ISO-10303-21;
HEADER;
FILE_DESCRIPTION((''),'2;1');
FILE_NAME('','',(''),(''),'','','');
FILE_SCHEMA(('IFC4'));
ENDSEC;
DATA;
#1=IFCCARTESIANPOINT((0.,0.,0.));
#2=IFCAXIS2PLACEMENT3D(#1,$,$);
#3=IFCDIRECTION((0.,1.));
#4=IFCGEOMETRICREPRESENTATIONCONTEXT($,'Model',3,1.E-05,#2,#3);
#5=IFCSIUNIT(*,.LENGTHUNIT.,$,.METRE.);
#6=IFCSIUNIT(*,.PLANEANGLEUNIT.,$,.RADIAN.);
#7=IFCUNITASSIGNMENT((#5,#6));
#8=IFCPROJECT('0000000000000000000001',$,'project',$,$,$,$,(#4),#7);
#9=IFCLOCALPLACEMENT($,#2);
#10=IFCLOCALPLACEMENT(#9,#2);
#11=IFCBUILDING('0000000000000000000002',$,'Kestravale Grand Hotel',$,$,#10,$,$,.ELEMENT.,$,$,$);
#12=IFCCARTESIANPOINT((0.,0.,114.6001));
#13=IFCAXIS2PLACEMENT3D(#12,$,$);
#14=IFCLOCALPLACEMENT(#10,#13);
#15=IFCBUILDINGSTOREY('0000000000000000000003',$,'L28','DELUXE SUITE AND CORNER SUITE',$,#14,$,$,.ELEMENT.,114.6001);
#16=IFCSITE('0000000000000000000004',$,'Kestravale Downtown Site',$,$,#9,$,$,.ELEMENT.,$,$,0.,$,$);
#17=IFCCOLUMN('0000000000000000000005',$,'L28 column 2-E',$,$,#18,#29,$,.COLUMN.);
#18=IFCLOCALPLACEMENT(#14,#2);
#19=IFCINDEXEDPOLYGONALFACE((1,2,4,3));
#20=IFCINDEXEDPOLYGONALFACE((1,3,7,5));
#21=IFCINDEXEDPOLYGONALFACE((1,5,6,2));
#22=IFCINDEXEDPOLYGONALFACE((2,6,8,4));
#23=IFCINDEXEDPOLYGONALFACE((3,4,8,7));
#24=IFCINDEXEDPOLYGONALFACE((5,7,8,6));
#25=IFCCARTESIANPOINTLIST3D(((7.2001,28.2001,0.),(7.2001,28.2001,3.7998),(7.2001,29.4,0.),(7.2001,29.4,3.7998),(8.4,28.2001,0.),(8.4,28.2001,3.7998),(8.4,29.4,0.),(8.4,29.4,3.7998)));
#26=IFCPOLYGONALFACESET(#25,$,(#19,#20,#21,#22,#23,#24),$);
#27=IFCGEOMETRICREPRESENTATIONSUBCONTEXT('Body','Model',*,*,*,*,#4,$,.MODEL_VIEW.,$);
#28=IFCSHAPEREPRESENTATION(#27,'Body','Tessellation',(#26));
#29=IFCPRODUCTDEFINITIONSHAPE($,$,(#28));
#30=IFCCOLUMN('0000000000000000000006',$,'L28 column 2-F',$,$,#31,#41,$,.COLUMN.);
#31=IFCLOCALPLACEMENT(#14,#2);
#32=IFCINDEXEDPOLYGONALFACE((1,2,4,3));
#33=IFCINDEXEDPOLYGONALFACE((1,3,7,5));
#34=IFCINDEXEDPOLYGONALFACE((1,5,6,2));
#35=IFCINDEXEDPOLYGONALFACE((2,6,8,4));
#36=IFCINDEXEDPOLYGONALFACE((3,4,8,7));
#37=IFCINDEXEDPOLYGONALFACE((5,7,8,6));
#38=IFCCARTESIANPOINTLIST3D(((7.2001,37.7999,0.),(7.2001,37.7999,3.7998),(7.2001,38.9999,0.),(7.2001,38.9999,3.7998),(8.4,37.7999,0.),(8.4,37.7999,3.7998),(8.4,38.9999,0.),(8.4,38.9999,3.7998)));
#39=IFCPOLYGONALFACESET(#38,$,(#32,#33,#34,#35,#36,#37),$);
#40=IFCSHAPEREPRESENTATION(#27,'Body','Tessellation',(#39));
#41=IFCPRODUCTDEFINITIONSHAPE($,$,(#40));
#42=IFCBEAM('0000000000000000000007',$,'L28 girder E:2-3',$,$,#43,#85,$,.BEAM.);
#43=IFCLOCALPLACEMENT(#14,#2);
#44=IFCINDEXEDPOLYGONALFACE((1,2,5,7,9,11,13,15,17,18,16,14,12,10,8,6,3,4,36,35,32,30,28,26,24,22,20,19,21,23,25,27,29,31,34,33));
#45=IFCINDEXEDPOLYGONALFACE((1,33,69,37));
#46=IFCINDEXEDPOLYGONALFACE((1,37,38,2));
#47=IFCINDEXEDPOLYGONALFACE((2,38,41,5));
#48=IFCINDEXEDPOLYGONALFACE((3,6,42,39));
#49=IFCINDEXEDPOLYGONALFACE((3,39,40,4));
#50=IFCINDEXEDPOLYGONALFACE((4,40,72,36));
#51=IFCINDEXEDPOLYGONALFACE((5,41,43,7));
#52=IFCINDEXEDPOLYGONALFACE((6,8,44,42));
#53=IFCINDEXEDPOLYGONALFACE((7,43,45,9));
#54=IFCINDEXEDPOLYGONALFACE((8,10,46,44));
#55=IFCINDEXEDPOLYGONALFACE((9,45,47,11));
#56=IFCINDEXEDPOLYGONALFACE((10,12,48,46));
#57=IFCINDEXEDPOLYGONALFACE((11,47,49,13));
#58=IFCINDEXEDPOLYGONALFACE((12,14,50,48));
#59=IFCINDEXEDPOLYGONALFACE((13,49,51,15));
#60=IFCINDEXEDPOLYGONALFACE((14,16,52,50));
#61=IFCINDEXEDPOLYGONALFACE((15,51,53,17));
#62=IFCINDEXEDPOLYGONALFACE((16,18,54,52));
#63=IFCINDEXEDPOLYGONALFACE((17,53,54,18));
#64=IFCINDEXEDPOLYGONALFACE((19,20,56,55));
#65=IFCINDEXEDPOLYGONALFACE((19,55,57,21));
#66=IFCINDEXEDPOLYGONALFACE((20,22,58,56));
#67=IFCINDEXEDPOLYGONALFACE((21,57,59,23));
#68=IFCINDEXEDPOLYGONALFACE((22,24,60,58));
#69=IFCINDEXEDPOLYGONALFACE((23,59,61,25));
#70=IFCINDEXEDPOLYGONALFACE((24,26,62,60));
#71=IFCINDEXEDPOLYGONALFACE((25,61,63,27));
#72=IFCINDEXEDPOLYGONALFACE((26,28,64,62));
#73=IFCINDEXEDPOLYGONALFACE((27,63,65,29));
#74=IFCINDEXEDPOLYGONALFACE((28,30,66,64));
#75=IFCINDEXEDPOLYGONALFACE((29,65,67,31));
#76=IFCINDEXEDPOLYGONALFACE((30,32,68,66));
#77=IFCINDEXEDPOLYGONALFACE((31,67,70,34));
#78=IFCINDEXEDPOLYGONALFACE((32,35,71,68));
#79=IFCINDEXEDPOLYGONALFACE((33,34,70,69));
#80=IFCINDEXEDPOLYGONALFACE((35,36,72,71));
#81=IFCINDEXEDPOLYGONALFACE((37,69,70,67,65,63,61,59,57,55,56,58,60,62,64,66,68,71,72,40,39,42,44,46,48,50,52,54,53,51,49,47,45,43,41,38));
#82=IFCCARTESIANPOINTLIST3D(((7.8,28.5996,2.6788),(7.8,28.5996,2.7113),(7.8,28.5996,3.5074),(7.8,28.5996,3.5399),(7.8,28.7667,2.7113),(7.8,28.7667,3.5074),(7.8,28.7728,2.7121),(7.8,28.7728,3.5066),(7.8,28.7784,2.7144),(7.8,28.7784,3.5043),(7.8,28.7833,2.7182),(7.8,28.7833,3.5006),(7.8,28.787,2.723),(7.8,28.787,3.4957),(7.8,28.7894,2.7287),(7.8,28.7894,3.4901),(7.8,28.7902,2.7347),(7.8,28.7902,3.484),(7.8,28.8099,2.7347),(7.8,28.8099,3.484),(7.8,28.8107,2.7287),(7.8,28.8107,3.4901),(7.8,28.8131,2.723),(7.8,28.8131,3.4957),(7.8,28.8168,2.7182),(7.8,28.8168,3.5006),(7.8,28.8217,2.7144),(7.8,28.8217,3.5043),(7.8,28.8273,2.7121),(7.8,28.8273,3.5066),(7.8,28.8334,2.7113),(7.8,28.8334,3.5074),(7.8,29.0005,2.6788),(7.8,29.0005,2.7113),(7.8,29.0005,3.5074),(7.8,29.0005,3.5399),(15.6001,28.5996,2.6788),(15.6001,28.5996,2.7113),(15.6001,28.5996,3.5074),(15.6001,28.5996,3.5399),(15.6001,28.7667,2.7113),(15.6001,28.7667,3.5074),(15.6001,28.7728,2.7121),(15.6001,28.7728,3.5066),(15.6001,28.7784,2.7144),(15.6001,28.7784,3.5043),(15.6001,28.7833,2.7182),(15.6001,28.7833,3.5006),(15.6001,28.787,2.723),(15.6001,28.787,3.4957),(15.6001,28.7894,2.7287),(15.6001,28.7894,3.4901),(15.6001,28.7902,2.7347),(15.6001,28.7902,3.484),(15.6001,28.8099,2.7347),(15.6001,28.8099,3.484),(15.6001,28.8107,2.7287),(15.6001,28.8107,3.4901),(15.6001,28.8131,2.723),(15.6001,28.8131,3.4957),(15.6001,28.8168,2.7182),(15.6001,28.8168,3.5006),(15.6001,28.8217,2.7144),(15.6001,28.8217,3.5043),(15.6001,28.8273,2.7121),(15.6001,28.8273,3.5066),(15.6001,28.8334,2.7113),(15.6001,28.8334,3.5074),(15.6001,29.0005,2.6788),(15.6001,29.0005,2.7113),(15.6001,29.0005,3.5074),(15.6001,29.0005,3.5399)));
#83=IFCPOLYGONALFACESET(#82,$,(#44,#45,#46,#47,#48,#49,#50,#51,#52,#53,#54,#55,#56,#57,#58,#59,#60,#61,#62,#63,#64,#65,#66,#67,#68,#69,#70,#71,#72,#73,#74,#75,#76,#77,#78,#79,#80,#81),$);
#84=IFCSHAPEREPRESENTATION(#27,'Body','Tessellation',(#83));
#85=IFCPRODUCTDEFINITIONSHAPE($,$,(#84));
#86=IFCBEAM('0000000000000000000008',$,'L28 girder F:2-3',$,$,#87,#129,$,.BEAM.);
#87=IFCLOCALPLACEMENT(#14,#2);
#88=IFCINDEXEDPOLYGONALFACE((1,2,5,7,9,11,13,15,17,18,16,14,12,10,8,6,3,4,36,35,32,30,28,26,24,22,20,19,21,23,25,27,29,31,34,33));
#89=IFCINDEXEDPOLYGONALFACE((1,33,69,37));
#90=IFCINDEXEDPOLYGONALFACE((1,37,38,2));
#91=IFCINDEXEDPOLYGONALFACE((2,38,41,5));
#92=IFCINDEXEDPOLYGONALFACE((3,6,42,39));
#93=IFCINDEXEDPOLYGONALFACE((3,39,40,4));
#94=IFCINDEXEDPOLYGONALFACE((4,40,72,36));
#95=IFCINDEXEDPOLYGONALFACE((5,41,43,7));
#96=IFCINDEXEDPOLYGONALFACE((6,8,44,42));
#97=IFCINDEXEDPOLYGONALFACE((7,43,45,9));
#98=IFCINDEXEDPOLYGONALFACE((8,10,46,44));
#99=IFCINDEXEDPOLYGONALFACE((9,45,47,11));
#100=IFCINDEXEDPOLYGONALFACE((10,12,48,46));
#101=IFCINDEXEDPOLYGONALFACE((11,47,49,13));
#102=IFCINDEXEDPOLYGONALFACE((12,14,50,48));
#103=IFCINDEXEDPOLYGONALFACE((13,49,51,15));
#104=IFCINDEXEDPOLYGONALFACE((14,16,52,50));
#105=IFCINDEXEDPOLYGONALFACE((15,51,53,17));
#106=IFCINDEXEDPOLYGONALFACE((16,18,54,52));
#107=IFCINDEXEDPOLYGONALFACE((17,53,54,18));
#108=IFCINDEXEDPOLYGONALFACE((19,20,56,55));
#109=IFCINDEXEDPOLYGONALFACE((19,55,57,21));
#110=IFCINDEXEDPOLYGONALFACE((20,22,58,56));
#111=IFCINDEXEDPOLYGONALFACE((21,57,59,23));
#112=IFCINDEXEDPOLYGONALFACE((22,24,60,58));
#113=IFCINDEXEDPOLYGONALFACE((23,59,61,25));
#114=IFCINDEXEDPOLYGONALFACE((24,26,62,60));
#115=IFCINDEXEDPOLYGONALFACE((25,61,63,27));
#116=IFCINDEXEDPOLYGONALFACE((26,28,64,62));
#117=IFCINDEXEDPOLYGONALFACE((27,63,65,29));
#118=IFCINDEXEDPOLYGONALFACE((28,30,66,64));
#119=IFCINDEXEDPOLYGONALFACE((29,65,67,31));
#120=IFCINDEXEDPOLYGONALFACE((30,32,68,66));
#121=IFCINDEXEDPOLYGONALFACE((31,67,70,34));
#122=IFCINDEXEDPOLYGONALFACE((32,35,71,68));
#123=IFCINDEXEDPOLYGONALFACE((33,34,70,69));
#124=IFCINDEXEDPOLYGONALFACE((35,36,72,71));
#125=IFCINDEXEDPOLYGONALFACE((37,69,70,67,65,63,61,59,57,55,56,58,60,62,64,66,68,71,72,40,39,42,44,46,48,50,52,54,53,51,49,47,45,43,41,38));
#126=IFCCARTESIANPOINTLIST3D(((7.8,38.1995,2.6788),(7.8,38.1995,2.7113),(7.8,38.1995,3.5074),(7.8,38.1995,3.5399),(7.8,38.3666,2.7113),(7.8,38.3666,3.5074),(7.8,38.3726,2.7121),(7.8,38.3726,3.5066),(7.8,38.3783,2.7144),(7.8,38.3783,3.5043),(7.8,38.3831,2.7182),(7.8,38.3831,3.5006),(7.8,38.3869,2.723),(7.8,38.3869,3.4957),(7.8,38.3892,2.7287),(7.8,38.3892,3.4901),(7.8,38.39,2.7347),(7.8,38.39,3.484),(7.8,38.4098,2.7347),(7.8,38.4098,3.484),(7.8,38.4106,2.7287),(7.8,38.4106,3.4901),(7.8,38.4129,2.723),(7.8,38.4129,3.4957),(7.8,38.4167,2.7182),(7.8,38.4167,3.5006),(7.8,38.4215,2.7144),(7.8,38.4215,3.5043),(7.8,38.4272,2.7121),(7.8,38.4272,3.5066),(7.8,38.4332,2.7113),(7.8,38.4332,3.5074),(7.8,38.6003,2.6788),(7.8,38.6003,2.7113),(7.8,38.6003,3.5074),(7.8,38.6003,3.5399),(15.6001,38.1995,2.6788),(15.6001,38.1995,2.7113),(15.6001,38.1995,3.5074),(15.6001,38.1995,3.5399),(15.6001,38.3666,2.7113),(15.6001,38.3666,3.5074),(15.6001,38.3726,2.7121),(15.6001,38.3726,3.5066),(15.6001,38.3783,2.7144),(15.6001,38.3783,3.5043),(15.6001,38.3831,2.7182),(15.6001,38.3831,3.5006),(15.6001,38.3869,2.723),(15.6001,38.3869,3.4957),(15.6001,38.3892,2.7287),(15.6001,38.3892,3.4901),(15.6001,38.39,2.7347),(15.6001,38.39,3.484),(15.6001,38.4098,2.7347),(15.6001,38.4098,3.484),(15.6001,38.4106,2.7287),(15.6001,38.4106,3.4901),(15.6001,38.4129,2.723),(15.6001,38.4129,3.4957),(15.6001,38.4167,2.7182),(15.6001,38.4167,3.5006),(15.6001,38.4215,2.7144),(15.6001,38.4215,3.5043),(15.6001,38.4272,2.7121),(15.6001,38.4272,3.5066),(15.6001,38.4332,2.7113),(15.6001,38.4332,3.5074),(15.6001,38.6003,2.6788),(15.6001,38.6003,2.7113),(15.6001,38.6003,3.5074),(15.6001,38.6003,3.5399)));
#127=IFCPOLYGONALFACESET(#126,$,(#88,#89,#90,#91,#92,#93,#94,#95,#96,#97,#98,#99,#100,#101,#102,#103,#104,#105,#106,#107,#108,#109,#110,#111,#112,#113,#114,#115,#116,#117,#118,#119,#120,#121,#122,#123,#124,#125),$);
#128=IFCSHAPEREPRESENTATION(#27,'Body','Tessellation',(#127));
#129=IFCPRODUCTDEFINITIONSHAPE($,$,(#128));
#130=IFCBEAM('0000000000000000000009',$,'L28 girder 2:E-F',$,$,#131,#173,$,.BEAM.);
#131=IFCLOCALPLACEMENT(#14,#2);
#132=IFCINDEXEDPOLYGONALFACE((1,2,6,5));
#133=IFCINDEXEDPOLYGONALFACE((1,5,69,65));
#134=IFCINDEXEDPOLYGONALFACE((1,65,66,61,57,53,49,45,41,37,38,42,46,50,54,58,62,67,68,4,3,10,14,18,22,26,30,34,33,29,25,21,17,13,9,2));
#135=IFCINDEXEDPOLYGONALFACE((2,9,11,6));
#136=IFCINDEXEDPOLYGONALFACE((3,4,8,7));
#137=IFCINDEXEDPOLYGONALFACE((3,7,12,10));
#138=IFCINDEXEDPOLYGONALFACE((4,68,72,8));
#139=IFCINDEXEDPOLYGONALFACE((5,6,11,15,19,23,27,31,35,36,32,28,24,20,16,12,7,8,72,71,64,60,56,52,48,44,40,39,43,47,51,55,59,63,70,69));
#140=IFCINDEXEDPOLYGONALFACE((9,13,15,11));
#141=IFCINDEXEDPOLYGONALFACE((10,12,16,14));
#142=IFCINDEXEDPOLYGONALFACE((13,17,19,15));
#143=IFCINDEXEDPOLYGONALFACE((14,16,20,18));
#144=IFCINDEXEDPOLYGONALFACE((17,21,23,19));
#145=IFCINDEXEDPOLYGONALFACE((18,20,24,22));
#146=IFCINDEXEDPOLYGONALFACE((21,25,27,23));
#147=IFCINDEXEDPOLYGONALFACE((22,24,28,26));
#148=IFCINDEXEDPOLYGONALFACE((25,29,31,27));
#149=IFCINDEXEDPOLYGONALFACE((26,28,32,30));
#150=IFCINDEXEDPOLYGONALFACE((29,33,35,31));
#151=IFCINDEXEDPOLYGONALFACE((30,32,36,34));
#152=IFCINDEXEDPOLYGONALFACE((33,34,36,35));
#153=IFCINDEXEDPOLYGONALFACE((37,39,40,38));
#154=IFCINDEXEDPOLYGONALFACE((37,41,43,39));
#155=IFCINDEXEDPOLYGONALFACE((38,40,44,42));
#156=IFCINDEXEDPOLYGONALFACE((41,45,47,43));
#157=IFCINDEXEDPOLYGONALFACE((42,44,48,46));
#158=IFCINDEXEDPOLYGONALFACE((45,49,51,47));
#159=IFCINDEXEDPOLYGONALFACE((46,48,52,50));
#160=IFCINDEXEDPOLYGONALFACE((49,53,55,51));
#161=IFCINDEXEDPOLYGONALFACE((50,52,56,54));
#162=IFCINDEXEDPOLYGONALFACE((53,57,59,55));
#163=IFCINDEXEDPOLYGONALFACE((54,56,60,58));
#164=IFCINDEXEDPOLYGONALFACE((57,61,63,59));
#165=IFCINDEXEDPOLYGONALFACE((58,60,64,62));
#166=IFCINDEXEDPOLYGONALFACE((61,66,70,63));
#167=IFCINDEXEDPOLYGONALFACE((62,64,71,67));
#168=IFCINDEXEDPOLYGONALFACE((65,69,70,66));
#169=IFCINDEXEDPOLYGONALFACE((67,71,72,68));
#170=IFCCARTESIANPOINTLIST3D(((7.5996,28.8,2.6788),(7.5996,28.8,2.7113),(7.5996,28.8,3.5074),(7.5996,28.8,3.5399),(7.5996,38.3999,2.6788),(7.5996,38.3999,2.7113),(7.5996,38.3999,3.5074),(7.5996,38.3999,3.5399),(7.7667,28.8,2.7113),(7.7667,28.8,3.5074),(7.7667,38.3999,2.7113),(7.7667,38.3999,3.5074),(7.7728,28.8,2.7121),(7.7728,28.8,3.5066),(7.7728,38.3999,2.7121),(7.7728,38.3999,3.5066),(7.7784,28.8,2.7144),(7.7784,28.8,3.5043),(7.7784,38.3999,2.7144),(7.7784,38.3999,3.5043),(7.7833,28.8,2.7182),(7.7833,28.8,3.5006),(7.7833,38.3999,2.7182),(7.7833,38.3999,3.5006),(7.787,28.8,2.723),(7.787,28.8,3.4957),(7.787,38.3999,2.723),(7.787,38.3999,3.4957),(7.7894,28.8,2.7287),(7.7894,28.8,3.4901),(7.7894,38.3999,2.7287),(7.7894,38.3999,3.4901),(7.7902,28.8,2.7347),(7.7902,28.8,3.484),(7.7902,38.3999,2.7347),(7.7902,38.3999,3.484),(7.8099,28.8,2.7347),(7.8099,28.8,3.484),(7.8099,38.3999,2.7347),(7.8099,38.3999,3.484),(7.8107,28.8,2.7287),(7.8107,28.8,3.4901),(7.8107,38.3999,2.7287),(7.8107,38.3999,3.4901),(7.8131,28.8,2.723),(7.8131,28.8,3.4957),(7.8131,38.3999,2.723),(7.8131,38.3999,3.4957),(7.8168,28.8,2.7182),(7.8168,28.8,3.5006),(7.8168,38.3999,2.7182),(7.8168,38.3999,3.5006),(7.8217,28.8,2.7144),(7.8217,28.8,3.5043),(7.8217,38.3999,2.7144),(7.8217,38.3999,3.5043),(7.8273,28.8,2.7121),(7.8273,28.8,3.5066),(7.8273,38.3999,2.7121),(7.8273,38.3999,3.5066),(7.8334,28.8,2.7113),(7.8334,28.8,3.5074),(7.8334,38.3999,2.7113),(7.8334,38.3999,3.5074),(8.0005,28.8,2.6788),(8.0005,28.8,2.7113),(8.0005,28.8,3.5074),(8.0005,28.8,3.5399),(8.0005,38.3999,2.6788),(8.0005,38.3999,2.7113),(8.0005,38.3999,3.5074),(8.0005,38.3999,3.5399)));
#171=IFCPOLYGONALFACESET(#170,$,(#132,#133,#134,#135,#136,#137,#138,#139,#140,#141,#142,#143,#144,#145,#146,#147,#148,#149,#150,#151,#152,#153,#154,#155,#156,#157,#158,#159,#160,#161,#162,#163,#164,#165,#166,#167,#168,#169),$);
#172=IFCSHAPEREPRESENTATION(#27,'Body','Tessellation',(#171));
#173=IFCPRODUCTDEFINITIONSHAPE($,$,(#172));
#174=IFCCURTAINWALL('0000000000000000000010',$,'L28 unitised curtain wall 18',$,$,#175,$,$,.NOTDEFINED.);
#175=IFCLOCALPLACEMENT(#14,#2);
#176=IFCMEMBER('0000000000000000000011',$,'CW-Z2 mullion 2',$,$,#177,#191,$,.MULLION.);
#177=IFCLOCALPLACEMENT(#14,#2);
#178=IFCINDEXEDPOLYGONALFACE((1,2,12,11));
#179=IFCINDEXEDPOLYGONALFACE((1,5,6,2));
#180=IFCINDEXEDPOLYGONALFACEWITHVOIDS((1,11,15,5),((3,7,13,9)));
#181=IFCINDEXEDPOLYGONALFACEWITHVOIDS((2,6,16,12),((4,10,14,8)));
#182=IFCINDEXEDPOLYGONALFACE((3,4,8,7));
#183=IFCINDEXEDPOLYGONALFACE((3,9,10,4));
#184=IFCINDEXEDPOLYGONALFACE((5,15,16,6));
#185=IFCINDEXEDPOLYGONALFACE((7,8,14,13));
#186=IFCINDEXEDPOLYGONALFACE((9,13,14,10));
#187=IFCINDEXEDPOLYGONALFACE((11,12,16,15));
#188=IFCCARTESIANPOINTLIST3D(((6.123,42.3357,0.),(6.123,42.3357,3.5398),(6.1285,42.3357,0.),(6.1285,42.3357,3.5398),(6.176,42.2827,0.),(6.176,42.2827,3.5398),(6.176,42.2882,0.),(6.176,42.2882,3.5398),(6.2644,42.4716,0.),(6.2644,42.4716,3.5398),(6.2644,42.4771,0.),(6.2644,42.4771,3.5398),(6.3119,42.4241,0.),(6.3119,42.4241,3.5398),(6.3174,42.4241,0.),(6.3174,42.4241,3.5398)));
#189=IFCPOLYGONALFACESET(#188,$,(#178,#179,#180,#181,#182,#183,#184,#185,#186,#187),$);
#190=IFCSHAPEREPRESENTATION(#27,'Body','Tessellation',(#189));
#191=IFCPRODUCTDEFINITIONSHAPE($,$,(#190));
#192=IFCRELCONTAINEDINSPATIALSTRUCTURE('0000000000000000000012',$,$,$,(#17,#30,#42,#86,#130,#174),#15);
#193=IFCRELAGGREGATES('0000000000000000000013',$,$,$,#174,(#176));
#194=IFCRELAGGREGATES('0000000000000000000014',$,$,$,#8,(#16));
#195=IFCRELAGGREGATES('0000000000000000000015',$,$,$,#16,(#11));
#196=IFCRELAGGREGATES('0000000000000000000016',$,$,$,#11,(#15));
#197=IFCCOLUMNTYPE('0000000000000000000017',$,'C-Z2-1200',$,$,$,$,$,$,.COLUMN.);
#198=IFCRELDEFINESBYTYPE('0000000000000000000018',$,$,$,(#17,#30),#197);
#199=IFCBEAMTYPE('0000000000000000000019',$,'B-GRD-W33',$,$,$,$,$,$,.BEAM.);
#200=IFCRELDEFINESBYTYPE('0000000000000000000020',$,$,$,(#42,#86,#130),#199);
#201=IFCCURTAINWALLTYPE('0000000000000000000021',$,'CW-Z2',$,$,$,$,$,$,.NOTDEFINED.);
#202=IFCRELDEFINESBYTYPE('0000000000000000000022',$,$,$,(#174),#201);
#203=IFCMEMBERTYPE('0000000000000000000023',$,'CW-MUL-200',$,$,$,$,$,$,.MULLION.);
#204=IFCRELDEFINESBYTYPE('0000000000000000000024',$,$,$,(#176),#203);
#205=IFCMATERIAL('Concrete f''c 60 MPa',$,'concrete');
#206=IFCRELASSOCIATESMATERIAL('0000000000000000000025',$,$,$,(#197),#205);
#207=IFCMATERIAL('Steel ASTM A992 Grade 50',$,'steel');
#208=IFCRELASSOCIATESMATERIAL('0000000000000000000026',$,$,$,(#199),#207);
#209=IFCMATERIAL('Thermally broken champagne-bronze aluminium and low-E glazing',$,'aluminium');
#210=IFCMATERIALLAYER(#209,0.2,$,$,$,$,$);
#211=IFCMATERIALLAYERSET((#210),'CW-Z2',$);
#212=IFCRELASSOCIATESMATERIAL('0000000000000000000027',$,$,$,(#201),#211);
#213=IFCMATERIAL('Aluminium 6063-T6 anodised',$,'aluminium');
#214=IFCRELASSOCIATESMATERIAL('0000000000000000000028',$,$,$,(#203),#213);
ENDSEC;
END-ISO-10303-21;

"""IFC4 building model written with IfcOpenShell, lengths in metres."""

from ifc_helpers import new_model, si_unit, direction, frame, origin, origin_2d, place, context, subcontext, project, spatial, rectangle, hollow_rectangle, i_section, extrude, material, layer, layer_set, material_profile, profile_set, type_object, element, aggregate, save


model = new_model("IFC4")

# Units and contexts
model_context = context("Model", 3, precision=1e-05, world=origin(), true_north=direction((0.0, 1.0)))
body_context = subcontext(model_context, "Body", "Model", "MODEL_VIEW")
ifc_project = project(units=[si_unit("LENGTHUNIT", "METRE"), si_unit("PLANEANGLEUNIT", "RADIAN")], contexts=[model_context])

# Site, building, storey
site_placement = place(None, origin())
site = spatial("IfcSite", under=ifc_project, at=site_placement, Name="Kestravale Downtown Site", CompositionType="ELEMENT", RefElevation=0.0)
building_placement = place(site_placement, origin())
building = spatial("IfcBuilding", under=site, at=building_placement, Name="Kestravale Grand Hotel", CompositionType="ELEMENT")
storey_placement = place(building_placement, frame((0.0, 0.0, 114.6001)))
storey = spatial("IfcBuildingStorey", under=building, at=storey_placement, Name="L28", Description="DELUXE SUITE AND CORNER SUITE", CompositionType="ELEMENT", Elevation=114.6001)

# Columns
ifc_material_1 = material(Name="Concrete f'c 60 MPa", Category="concrete")
ifc_material_profile_1 = material_profile(ifc_material_1, rectangle(XDim=1.2, YDim=1.2, at=origin_2d()))
ifc_profile_set_1 = profile_set([ifc_material_profile_1], Name="Concrete f'c 60 MPa")
column_type = type_object("IfcColumnType", Name="C-Z2-1200", PredefinedType="COLUMN", material=ifc_profile_set_1)
for number, where, z_axis, x_axis, name in (
    (1, (7.8, 28.8, 0.0), (0.0, 0.0, 1.0), (1.0, 0.0, 0.0), "L28 column 2-E"),
    (2, (7.8, 38.3999, 0.0), (0.0, 0.0, 1.0), (1.0, 0.0, 0.0), "L28 column 2-F"),
):
    element("IfcColumn", number, at=place(storey_placement, frame(where, z_axis=z_axis, x_axis=x_axis)), inside=storey, type_object=column_type, Name=name, PredefinedType="COLUMN", context=body_context, shape_type="SweptSolid", body=[
        extrude(rectangle(XDim=1.2, YDim=1.2, at=origin_2d()), origin(), (0.0, 0.0, 1.0), 3.7998),
    ])

# Beams
ifc_material_2 = material(Name="Steel ASTM A992 Grade 50", Category="steel")
ifc_material_profile_2 = material_profile(ifc_material_2, i_section(OverallWidth=0.4009, OverallDepth=0.8611, WebThickness=0.0198, FlangeThickness=0.0325, FilletRadius=0.0234, at=origin_2d()))
ifc_profile_set_2 = profile_set([ifc_material_profile_2], Name="Steel ASTM A992 Grade 50")
beam_type = type_object("IfcBeamType", Name="B-GRD-W33", PredefinedType="BEAM", material=ifc_profile_set_2)
for number, where, z_axis, x_axis, name in (
    (3, (7.8, 28.8, 3.1094), (1.0, 0.0, 0.0), (0.0, 1.0, 0.0), "L28 girder E:2-3"),
    (4, (7.8, 38.3999, 3.1094), (1.0, 0.0, 0.0), (0.0, 1.0, 0.0), "L28 girder F:2-3"),
):
    element("IfcBeam", number, at=place(storey_placement, frame(where, z_axis=z_axis, x_axis=x_axis)), inside=storey, type_object=beam_type, Name=name, PredefinedType="BEAM", context=body_context, shape_type="SweptSolid", body=[
        extrude(i_section(OverallWidth=0.4009, OverallDepth=0.8611, WebThickness=0.0198, FlangeThickness=0.0325, FilletRadius=0.0234, at=origin_2d()), origin(), (0.0, 0.0, 1.0), 7.8),
    ])
beam_placement = place(storey_placement, frame((7.8, 28.8, 3.1094), z_axis=(0.0, 1.0, 0.0), x_axis=(-1.0, 0.0, 0.0)))
element("IfcBeam", 5, at=beam_placement, inside=storey, type_object=beam_type, Name="L28 girder 2:E-F", PredefinedType="BEAM", context=body_context, shape_type="SweptSolid", body=[
    extrude(i_section(OverallWidth=0.4009, OverallDepth=0.8611, WebThickness=0.0198, FlangeThickness=0.0325, FilletRadius=0.0234, at=origin_2d()), origin(), (0.0, 0.0, 1.0), 9.5999),
])

# Curtain wall, member
ifc_material_3 = material(Name="Thermally broken champagne-bronze aluminium and low-E glazing", Category="aluminium")
ifc_layer_1 = layer(ifc_material_3, 0.2)
ifc_layer_set_1 = layer_set([ifc_layer_1], Name="CW-Z2")
curtain_wall_type = type_object("IfcCurtainWallType", Name="CW-Z2", PredefinedType="NOTDEFINED", material=ifc_layer_set_1)
curtain_wall_placement = place(storey_placement, origin())
curtain_wall = element("IfcCurtainWall", 6, at=curtain_wall_placement, inside=storey, type_object=curtain_wall_type, Name="L28 unitised curtain wall 18", PredefinedType="NOTDEFINED")
ifc_material_4 = material(Name="Aluminium 6063-T6 anodised", Category="aluminium")
ifc_material_profile_3 = material_profile(ifc_material_4, hollow_rectangle(XDim=0.075, YDim=0.2, WallThickness=0.0039, at=origin_2d()))
ifc_profile_set_3 = profile_set([ifc_material_profile_3], Name="Aluminium 6063-T6 anodised")
member_type_1 = type_object("IfcMemberType", Name="CW-MUL-200", PredefinedType="MULLION", material=ifc_profile_set_3)
member_1_placement = place(storey_placement, frame((6.2202, 42.3799, 0.0), z_axis=(0.0, 0.0, 1.0), x_axis=(0.707107, -0.707107, 0.0)))
member_1 = element("IfcMember", 7, at=member_1_placement, type_object=member_type_1, Name="CW-Z2 mullion 2", PredefinedType="MULLION", context=body_context, shape_type="SweptSolid", body=[
    extrude(hollow_rectangle(XDim=0.075, YDim=0.2, WallThickness=0.0039, at=origin_2d()), origin(), (0.0, 0.0, 1.0), 3.5398),
])
aggregate(curtain_wall, [member_1])

save(model, "model.ifc")
